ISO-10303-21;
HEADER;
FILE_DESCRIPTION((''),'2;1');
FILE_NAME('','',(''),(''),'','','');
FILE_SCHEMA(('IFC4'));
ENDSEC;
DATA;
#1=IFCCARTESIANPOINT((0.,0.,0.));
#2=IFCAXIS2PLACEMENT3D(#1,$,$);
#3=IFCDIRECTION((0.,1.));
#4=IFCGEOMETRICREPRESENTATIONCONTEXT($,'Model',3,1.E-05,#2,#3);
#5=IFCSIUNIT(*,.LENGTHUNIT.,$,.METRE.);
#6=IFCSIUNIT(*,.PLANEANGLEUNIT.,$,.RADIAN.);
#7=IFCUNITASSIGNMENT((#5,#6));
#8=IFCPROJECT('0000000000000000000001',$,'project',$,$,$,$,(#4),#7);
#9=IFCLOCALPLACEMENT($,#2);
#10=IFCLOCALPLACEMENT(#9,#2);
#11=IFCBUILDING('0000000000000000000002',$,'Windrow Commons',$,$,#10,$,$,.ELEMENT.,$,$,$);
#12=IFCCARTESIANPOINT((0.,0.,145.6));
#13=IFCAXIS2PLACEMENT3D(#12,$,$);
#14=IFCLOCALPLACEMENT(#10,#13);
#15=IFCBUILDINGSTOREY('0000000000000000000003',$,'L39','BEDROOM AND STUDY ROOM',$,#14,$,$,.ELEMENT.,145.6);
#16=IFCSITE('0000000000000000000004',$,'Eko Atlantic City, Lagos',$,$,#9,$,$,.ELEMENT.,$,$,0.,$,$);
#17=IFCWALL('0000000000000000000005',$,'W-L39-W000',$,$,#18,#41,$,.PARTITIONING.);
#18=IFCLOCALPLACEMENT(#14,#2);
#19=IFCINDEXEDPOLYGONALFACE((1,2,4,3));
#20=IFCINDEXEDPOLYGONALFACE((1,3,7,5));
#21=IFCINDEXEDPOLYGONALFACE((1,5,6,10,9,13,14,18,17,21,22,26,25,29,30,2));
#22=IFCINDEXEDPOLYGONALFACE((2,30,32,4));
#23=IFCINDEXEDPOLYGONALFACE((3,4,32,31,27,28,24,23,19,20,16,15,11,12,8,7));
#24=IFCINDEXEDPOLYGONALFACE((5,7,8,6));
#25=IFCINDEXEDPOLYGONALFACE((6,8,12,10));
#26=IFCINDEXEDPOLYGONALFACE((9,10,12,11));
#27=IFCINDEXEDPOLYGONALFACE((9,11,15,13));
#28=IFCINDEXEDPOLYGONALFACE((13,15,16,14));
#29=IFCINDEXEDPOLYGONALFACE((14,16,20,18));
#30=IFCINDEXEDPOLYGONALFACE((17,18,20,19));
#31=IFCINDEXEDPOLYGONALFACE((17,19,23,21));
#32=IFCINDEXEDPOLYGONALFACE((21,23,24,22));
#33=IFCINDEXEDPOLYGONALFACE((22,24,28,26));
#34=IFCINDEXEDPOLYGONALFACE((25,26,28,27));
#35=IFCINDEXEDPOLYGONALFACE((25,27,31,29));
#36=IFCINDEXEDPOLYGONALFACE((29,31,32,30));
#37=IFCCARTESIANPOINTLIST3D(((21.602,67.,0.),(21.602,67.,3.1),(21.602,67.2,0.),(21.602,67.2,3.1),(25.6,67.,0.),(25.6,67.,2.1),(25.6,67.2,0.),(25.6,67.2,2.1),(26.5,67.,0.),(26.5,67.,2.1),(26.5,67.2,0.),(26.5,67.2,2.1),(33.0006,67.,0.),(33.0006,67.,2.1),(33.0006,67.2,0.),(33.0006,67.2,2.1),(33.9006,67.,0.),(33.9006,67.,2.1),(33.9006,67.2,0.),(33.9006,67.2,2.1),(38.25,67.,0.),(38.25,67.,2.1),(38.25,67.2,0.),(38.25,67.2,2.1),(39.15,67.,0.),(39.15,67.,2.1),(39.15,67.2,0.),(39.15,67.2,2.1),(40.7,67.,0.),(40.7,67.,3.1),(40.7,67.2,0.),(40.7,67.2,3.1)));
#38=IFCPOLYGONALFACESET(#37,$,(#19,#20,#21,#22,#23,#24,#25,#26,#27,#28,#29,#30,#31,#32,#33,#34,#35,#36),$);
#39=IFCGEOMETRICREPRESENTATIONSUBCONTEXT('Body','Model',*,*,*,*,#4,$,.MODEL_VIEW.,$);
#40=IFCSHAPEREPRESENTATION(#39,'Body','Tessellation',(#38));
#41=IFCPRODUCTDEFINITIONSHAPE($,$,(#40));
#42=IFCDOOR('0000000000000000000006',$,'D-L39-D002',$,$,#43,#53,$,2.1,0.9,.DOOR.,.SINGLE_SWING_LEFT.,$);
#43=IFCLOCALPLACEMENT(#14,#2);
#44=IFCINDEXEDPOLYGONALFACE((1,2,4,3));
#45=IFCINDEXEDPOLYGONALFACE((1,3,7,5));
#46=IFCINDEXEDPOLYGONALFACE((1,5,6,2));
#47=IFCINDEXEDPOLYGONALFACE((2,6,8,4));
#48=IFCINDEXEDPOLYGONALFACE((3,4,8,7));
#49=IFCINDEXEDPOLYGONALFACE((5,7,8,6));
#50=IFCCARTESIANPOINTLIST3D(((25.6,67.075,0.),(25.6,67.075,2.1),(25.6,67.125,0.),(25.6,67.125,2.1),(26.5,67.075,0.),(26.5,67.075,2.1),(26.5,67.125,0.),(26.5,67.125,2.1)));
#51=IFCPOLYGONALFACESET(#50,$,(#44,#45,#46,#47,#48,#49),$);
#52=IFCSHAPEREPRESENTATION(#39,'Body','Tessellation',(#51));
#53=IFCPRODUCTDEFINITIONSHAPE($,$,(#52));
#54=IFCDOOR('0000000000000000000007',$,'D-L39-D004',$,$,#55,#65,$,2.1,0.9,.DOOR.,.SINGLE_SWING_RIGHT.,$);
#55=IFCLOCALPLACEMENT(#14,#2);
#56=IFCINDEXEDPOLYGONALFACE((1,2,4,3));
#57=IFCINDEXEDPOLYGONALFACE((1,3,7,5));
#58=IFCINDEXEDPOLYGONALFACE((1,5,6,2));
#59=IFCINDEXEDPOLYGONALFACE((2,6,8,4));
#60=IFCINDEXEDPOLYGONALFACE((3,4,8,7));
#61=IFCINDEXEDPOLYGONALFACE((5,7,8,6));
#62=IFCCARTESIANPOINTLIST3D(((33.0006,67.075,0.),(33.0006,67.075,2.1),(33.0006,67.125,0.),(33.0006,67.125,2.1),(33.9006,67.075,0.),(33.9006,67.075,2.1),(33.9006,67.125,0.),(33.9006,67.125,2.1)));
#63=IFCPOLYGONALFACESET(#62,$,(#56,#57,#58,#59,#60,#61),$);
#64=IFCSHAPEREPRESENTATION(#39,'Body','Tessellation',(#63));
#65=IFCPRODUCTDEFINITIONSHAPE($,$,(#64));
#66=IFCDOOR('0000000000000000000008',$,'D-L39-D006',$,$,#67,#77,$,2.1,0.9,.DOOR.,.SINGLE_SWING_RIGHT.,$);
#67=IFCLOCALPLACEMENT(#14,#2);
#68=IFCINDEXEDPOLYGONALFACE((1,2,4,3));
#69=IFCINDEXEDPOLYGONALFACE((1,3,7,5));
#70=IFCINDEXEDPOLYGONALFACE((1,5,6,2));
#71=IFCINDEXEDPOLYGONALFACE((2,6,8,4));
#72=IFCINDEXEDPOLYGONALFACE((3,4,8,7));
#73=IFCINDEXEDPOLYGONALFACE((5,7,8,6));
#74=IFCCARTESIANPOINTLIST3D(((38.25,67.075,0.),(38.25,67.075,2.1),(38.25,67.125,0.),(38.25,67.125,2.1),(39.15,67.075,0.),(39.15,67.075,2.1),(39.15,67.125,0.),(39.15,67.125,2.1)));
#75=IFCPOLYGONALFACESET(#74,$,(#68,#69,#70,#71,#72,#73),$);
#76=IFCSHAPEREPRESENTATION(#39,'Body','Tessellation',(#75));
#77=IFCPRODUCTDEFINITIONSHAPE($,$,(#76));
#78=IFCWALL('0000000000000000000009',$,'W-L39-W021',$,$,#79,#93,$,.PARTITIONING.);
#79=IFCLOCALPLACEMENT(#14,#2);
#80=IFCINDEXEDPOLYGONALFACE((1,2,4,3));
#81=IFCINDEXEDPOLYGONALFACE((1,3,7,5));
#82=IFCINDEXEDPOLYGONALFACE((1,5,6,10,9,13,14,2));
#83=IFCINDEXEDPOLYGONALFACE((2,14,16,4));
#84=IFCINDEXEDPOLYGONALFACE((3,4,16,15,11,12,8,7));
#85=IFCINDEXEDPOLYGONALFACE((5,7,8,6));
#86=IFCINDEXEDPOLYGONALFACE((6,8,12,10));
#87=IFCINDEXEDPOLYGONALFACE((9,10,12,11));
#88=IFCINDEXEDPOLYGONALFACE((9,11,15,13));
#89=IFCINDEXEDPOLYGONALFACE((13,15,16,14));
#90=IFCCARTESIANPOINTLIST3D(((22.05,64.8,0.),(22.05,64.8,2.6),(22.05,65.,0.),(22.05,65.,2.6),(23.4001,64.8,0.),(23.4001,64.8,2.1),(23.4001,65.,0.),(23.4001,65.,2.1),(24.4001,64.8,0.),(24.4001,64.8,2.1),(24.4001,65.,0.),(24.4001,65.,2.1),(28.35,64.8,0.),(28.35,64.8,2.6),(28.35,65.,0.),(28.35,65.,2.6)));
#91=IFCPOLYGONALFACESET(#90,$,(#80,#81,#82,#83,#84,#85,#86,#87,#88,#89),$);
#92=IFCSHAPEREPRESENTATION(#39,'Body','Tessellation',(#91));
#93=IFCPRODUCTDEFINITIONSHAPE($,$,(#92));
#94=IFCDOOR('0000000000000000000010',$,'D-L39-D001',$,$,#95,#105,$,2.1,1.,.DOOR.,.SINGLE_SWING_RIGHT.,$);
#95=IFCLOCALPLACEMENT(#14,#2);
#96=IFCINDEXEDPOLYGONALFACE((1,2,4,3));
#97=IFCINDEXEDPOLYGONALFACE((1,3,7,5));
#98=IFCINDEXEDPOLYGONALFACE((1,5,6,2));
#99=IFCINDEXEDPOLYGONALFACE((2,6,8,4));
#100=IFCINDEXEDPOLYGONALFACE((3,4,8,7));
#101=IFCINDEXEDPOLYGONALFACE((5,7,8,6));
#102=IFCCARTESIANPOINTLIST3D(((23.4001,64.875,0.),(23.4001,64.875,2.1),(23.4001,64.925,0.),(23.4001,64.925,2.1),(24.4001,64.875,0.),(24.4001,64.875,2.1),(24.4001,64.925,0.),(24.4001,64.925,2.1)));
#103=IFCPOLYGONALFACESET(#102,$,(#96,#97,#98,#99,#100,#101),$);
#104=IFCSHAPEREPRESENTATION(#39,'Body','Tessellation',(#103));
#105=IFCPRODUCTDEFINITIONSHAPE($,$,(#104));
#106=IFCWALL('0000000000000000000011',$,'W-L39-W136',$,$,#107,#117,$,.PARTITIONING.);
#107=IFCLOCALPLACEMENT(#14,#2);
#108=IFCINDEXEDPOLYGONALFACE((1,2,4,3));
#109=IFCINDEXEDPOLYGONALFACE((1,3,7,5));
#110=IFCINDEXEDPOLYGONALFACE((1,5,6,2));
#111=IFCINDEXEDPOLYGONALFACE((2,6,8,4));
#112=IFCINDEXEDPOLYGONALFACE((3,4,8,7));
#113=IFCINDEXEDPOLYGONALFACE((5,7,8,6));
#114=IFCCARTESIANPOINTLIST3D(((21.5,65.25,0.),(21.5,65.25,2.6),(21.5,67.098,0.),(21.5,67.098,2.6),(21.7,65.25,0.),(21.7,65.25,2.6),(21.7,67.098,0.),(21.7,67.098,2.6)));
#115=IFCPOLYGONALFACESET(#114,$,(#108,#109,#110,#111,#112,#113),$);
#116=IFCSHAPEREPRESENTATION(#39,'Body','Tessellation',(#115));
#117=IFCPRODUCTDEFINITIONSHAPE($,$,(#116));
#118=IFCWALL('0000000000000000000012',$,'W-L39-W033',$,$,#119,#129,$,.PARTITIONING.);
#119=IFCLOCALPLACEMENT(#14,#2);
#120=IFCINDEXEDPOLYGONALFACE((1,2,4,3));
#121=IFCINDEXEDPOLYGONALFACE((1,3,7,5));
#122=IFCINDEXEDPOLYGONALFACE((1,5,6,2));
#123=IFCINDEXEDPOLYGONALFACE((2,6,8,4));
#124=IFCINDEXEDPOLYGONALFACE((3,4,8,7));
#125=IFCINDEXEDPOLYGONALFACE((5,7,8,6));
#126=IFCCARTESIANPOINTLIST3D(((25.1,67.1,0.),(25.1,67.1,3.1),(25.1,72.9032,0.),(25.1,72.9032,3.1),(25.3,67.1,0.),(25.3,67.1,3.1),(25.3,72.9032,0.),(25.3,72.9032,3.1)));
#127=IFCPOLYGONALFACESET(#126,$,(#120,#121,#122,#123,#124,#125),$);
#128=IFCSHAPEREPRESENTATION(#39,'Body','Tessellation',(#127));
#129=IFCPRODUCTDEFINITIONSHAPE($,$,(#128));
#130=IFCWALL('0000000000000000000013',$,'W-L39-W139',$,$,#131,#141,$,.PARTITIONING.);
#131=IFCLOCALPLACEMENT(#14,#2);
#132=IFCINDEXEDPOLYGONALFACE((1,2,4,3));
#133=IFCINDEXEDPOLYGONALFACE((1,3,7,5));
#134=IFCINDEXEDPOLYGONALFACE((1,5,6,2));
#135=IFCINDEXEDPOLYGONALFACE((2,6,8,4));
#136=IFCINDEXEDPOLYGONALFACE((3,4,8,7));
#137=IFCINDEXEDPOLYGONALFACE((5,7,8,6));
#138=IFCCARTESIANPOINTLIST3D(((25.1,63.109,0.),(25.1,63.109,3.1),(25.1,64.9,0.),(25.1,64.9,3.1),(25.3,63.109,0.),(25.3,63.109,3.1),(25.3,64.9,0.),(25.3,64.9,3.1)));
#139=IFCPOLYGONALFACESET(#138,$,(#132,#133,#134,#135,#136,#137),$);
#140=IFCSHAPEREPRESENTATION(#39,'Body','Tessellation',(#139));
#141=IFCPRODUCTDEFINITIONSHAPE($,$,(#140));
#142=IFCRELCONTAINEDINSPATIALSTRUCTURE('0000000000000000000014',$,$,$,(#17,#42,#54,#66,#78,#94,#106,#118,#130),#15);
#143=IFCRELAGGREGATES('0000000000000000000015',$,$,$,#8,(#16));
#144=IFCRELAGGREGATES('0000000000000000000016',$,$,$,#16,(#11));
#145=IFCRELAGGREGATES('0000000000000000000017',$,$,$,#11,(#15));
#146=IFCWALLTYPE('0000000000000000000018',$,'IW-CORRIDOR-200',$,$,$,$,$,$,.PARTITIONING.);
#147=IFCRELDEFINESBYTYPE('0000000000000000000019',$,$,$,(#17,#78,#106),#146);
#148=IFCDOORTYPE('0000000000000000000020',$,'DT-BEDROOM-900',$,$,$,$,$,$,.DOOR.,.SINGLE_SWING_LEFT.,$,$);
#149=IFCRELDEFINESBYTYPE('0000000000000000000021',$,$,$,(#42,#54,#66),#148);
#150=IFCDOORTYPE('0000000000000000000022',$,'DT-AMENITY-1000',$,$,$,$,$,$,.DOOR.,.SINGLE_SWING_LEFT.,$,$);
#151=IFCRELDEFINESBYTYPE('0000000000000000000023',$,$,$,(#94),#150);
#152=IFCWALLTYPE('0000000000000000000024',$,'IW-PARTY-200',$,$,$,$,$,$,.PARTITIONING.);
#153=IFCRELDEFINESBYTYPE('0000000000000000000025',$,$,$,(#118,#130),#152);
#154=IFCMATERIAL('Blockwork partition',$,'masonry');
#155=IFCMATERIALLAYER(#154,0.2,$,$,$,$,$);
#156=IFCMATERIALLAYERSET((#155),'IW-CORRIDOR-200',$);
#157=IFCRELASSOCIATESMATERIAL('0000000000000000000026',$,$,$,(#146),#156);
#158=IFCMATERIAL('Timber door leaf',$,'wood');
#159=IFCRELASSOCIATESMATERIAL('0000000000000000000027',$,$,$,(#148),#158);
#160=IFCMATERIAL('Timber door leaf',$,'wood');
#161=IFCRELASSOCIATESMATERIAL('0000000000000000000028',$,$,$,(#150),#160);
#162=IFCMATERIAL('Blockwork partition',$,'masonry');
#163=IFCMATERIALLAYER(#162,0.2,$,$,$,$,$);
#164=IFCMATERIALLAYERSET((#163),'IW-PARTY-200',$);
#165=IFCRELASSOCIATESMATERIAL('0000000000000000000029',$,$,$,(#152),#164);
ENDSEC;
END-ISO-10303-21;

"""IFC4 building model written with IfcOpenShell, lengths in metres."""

from ifc_helpers import new_model, si_unit, direction, frame, frame_2d, origin, place, context, subcontext, project, spatial, rectangle, extrude, material, layer, layer_set, type_object, element, fill, save


model = new_model("IFC4")

# Units and contexts
model_context = context("Model", 3, precision=1e-05, world=origin(), true_north=direction((0.0, 1.0)))
body_context = subcontext(model_context, "Body", "Model", "MODEL_VIEW")
ifc_project = project(units=[si_unit("LENGTHUNIT", "METRE"), si_unit("PLANEANGLEUNIT", "RADIAN")], contexts=[model_context])

# Site, building, storey
site_placement = place(None, origin())
site = spatial("IfcSite", under=ifc_project, at=site_placement, Name="Eko Atlantic City, Lagos", CompositionType="ELEMENT", RefElevation=0.0)
building_placement = place(site_placement, origin())
building = spatial("IfcBuilding", under=site, at=building_placement, Name="Windrow Commons", CompositionType="ELEMENT")
storey_placement = place(building_placement, frame((0.0, 0.0, 145.6)))
storey = spatial("IfcBuildingStorey", under=building, at=storey_placement, Name="L39", Description="BEDROOM AND STUDY ROOM", CompositionType="ELEMENT", Elevation=145.6)

# Wall, openings, doors
ifc_material_1 = material(Name="Blockwork partition", Category="masonry")
ifc_layer_1 = layer(ifc_material_1, 0.2)
ifc_layer_set_1 = layer_set([ifc_layer_1], Name="IW-CORRIDOR-200")
wall_type_1 = type_object("IfcWallType", Name="IW-CORRIDOR-200", PredefinedType="PARTITIONING", material=ifc_layer_set_1)
wall_1_placement = place(storey_placement, frame((21.602, 67.1, 0.0), z_axis=(0.0, 0.0, 1.0), x_axis=(1.0, 0.0, 0.0)))
wall_1 = element("IfcWall", 1, at=wall_1_placement, inside=storey, type_object=wall_type_1, Name="W-L39-W000", PredefinedType="PARTITIONING", context=body_context, shape_type="SweptSolid", body=[
    extrude(rectangle(XDim=19.098, YDim=0.2, at=frame_2d((9.549, 0.0))), origin(), (0.0, 0.0, 1.0), 3.1),
])
opening_1_placement = place(wall_1_placement, frame((3.998, 0.0, 0.0)))
opening_1 = element("IfcOpeningElement", 2, at=opening_1_placement, cuts=wall_1, PredefinedType="OPENING", context=body_context, shape_type="SweptSolid", body=[
    extrude(rectangle(XDim=0.9, YDim=2.1, at=frame_2d((0.45, 1.05))), frame((0.0, 0.11, 0.0), z_axis=(0.0, -1.0, 0.0), x_axis=(1.0, 0.0, 0.0)), (0.0, 0.0, 1.0), 0.22),
])
opening_2_placement = place(wall_1_placement, frame((11.3986, 0.0, 0.0)))
opening_2 = element("IfcOpeningElement", 3, at=opening_2_placement, cuts=wall_1, PredefinedType="OPENING", context=body_context, shape_type="SweptSolid", body=[
    extrude(rectangle(XDim=0.9, YDim=2.1, at=frame_2d((0.45, 1.05))), frame((0.0, 0.11, 0.0), z_axis=(0.0, -1.0, 0.0), x_axis=(1.0, 0.0, 0.0)), (0.0, 0.0, 1.0), 0.22),
])
opening_3_placement = place(wall_1_placement, frame((16.648, 0.0, 0.0)))
opening_3 = element("IfcOpeningElement", 4, at=opening_3_placement, cuts=wall_1, PredefinedType="OPENING", context=body_context, shape_type="SweptSolid", body=[
    extrude(rectangle(XDim=0.9, YDim=2.1, at=frame_2d((0.45, 1.05))), frame((0.0, 0.11, 0.0), z_axis=(0.0, -1.0, 0.0), x_axis=(1.0, 0.0, 0.0)), (0.0, 0.0, 1.0), 0.22),
])
ifc_material_2 = material(Name="Timber door leaf", Category="wood")
door_type_1 = type_object("IfcDoorType", Name="DT-BEDROOM-900", OperationType="SINGLE_SWING_LEFT", PredefinedType="DOOR", material=ifc_material_2)
door_1_placement = place(opening_1_placement, origin())
door_1 = element("IfcDoor", 5, at=door_1_placement, inside=storey, type_object=door_type_1, Name="D-L39-D002", OperationType="SINGLE_SWING_LEFT", OverallHeight=2.1, OverallWidth=0.9, PredefinedType="DOOR", context=body_context, shape_type="SweptSolid", body=[
    extrude(rectangle(XDim=0.9, YDim=2.1, at=frame_2d((0.45, 1.05))), frame((0.0, 0.025, 0.0), z_axis=(0.0, -1.0, 0.0), x_axis=(1.0, 0.0, 0.0)), (0.0, 0.0, 1.0), 0.05),
])
fill(opening_1, door_1)
door_2_placement = place(opening_2_placement, origin())
door_2 = element("IfcDoor", 6, at=door_2_placement, inside=storey, type_object=door_type_1, Name="D-L39-D004", OperationType="SINGLE_SWING_RIGHT", OverallHeight=2.1, OverallWidth=0.9, PredefinedType="DOOR", context=body_context, shape_type="SweptSolid", body=[
    extrude(rectangle(XDim=0.9, YDim=2.1, at=frame_2d((0.45, 1.05))), frame((0.0, 0.025, 0.0), z_axis=(0.0, -1.0, 0.0), x_axis=(1.0, 0.0, 0.0)), (0.0, 0.0, 1.0), 0.05),
])
fill(opening_2, door_2)
door_3_placement = place(opening_3_placement, origin())
door_3 = element("IfcDoor", 7, at=door_3_placement, inside=storey, type_object=door_type_1, Name="D-L39-D006", OperationType="SINGLE_SWING_RIGHT", OverallHeight=2.1, OverallWidth=0.9, PredefinedType="DOOR", context=body_context, shape_type="SweptSolid", body=[
    extrude(rectangle(XDim=0.9, YDim=2.1, at=frame_2d((0.45, 1.05))), frame((0.0, 0.025, 0.0), z_axis=(0.0, -1.0, 0.0), x_axis=(1.0, 0.0, 0.0)), (0.0, 0.0, 1.0), 0.05),
])
fill(opening_3, door_3)

# Wall, opening, door
wall_2_placement = place(storey_placement, frame((22.05, 64.9, 0.0), z_axis=(0.0, 0.0, 1.0), x_axis=(1.0, 0.0, 0.0)))
wall_2 = element("IfcWall", 8, at=wall_2_placement, inside=storey, type_object=wall_type_1, Name="W-L39-W021", PredefinedType="PARTITIONING", context=body_context, shape_type="SweptSolid", body=[
    extrude(rectangle(XDim=6.3, YDim=0.2, at=frame_2d((3.15, 0.0))), origin(), (0.0, 0.0, 1.0), 2.6),
])
opening_4_placement = place(wall_2_placement, frame((1.3501, 0.0, 0.0)))
opening_4 = element("IfcOpeningElement", 9, at=opening_4_placement, cuts=wall_2, PredefinedType="OPENING", context=body_context, shape_type="SweptSolid", body=[
    extrude(rectangle(XDim=1.0, YDim=2.1, at=frame_2d((0.5, 1.05))), frame((0.0, 0.11, 0.0), z_axis=(0.0, -1.0, 0.0), x_axis=(1.0, 0.0, 0.0)), (0.0, 0.0, 1.0), 0.22),
])
ifc_material_3 = material(Name="Timber door leaf", Category="wood")
door_type_2 = type_object("IfcDoorType", Name="DT-AMENITY-1000", OperationType="SINGLE_SWING_LEFT", PredefinedType="DOOR", material=ifc_material_3)
door_4_placement = place(opening_4_placement, origin())
door_4 = element("IfcDoor", 10, at=door_4_placement, inside=storey, type_object=door_type_2, Name="D-L39-D001", OperationType="SINGLE_SWING_RIGHT", OverallHeight=2.1, OverallWidth=1.0, PredefinedType="DOOR", context=body_context, shape_type="SweptSolid", body=[
    extrude(rectangle(XDim=1.0, YDim=2.1, at=frame_2d((0.5, 1.05))), frame((0.0, 0.025, 0.0), z_axis=(0.0, -1.0, 0.0), x_axis=(1.0, 0.0, 0.0)), (0.0, 0.0, 1.0), 0.05),
])
fill(opening_4, door_4)

# Walls
wall_3_placement = place(storey_placement, frame((21.6, 65.25, 0.0), z_axis=(0.0, 0.0, 1.0), x_axis=(0.0, 1.0, 0.0)))
element("IfcWall", 11, at=wall_3_placement, inside=storey, type_object=wall_type_1, Name="W-L39-W136", PredefinedType="PARTITIONING", context=body_context, shape_type="SweptSolid", body=[
    extrude(rectangle(XDim=1.848, YDim=0.2, at=frame_2d((0.924, 0.0))), origin(), (0.0, 0.0, 1.0), 2.6),
])
ifc_material_4 = material(Name="Blockwork partition", Category="masonry")
ifc_layer_2 = layer(ifc_material_4, 0.2)
ifc_layer_set_2 = layer_set([ifc_layer_2], Name="IW-PARTY-200")
wall_type_2 = type_object("IfcWallType", Name="IW-PARTY-200", PredefinedType="PARTITIONING", material=ifc_layer_set_2)
wall_4_placement = place(storey_placement, frame((25.2, 67.1, 0.0), z_axis=(0.0, 0.0, 1.0), x_axis=(0.0, 1.0, 0.0)))
element("IfcWall", 12, at=wall_4_placement, inside=storey, type_object=wall_type_2, Name="W-L39-W033", PredefinedType="PARTITIONING", context=body_context, shape_type="SweptSolid", body=[
    extrude(rectangle(XDim=5.8032, YDim=0.2, at=frame_2d((2.9016, 0.0))), origin(), (0.0, 0.0, 1.0), 3.1),
])
wall_5_placement = place(storey_placement, frame((25.2, 63.109, 0.0), z_axis=(0.0, 0.0, 1.0), x_axis=(0.0, 1.0, 0.0)))
element("IfcWall", 13, at=wall_5_placement, inside=storey, type_object=wall_type_2, Name="W-L39-W139", PredefinedType="PARTITIONING", context=body_context, shape_type="SweptSolid", body=[
    extrude(rectangle(XDim=1.791, YDim=0.2, at=frame_2d((0.8955, 0.0))), origin(), (0.0, 0.0, 1.0), 3.1),
])

save(model, "model.ifc")
